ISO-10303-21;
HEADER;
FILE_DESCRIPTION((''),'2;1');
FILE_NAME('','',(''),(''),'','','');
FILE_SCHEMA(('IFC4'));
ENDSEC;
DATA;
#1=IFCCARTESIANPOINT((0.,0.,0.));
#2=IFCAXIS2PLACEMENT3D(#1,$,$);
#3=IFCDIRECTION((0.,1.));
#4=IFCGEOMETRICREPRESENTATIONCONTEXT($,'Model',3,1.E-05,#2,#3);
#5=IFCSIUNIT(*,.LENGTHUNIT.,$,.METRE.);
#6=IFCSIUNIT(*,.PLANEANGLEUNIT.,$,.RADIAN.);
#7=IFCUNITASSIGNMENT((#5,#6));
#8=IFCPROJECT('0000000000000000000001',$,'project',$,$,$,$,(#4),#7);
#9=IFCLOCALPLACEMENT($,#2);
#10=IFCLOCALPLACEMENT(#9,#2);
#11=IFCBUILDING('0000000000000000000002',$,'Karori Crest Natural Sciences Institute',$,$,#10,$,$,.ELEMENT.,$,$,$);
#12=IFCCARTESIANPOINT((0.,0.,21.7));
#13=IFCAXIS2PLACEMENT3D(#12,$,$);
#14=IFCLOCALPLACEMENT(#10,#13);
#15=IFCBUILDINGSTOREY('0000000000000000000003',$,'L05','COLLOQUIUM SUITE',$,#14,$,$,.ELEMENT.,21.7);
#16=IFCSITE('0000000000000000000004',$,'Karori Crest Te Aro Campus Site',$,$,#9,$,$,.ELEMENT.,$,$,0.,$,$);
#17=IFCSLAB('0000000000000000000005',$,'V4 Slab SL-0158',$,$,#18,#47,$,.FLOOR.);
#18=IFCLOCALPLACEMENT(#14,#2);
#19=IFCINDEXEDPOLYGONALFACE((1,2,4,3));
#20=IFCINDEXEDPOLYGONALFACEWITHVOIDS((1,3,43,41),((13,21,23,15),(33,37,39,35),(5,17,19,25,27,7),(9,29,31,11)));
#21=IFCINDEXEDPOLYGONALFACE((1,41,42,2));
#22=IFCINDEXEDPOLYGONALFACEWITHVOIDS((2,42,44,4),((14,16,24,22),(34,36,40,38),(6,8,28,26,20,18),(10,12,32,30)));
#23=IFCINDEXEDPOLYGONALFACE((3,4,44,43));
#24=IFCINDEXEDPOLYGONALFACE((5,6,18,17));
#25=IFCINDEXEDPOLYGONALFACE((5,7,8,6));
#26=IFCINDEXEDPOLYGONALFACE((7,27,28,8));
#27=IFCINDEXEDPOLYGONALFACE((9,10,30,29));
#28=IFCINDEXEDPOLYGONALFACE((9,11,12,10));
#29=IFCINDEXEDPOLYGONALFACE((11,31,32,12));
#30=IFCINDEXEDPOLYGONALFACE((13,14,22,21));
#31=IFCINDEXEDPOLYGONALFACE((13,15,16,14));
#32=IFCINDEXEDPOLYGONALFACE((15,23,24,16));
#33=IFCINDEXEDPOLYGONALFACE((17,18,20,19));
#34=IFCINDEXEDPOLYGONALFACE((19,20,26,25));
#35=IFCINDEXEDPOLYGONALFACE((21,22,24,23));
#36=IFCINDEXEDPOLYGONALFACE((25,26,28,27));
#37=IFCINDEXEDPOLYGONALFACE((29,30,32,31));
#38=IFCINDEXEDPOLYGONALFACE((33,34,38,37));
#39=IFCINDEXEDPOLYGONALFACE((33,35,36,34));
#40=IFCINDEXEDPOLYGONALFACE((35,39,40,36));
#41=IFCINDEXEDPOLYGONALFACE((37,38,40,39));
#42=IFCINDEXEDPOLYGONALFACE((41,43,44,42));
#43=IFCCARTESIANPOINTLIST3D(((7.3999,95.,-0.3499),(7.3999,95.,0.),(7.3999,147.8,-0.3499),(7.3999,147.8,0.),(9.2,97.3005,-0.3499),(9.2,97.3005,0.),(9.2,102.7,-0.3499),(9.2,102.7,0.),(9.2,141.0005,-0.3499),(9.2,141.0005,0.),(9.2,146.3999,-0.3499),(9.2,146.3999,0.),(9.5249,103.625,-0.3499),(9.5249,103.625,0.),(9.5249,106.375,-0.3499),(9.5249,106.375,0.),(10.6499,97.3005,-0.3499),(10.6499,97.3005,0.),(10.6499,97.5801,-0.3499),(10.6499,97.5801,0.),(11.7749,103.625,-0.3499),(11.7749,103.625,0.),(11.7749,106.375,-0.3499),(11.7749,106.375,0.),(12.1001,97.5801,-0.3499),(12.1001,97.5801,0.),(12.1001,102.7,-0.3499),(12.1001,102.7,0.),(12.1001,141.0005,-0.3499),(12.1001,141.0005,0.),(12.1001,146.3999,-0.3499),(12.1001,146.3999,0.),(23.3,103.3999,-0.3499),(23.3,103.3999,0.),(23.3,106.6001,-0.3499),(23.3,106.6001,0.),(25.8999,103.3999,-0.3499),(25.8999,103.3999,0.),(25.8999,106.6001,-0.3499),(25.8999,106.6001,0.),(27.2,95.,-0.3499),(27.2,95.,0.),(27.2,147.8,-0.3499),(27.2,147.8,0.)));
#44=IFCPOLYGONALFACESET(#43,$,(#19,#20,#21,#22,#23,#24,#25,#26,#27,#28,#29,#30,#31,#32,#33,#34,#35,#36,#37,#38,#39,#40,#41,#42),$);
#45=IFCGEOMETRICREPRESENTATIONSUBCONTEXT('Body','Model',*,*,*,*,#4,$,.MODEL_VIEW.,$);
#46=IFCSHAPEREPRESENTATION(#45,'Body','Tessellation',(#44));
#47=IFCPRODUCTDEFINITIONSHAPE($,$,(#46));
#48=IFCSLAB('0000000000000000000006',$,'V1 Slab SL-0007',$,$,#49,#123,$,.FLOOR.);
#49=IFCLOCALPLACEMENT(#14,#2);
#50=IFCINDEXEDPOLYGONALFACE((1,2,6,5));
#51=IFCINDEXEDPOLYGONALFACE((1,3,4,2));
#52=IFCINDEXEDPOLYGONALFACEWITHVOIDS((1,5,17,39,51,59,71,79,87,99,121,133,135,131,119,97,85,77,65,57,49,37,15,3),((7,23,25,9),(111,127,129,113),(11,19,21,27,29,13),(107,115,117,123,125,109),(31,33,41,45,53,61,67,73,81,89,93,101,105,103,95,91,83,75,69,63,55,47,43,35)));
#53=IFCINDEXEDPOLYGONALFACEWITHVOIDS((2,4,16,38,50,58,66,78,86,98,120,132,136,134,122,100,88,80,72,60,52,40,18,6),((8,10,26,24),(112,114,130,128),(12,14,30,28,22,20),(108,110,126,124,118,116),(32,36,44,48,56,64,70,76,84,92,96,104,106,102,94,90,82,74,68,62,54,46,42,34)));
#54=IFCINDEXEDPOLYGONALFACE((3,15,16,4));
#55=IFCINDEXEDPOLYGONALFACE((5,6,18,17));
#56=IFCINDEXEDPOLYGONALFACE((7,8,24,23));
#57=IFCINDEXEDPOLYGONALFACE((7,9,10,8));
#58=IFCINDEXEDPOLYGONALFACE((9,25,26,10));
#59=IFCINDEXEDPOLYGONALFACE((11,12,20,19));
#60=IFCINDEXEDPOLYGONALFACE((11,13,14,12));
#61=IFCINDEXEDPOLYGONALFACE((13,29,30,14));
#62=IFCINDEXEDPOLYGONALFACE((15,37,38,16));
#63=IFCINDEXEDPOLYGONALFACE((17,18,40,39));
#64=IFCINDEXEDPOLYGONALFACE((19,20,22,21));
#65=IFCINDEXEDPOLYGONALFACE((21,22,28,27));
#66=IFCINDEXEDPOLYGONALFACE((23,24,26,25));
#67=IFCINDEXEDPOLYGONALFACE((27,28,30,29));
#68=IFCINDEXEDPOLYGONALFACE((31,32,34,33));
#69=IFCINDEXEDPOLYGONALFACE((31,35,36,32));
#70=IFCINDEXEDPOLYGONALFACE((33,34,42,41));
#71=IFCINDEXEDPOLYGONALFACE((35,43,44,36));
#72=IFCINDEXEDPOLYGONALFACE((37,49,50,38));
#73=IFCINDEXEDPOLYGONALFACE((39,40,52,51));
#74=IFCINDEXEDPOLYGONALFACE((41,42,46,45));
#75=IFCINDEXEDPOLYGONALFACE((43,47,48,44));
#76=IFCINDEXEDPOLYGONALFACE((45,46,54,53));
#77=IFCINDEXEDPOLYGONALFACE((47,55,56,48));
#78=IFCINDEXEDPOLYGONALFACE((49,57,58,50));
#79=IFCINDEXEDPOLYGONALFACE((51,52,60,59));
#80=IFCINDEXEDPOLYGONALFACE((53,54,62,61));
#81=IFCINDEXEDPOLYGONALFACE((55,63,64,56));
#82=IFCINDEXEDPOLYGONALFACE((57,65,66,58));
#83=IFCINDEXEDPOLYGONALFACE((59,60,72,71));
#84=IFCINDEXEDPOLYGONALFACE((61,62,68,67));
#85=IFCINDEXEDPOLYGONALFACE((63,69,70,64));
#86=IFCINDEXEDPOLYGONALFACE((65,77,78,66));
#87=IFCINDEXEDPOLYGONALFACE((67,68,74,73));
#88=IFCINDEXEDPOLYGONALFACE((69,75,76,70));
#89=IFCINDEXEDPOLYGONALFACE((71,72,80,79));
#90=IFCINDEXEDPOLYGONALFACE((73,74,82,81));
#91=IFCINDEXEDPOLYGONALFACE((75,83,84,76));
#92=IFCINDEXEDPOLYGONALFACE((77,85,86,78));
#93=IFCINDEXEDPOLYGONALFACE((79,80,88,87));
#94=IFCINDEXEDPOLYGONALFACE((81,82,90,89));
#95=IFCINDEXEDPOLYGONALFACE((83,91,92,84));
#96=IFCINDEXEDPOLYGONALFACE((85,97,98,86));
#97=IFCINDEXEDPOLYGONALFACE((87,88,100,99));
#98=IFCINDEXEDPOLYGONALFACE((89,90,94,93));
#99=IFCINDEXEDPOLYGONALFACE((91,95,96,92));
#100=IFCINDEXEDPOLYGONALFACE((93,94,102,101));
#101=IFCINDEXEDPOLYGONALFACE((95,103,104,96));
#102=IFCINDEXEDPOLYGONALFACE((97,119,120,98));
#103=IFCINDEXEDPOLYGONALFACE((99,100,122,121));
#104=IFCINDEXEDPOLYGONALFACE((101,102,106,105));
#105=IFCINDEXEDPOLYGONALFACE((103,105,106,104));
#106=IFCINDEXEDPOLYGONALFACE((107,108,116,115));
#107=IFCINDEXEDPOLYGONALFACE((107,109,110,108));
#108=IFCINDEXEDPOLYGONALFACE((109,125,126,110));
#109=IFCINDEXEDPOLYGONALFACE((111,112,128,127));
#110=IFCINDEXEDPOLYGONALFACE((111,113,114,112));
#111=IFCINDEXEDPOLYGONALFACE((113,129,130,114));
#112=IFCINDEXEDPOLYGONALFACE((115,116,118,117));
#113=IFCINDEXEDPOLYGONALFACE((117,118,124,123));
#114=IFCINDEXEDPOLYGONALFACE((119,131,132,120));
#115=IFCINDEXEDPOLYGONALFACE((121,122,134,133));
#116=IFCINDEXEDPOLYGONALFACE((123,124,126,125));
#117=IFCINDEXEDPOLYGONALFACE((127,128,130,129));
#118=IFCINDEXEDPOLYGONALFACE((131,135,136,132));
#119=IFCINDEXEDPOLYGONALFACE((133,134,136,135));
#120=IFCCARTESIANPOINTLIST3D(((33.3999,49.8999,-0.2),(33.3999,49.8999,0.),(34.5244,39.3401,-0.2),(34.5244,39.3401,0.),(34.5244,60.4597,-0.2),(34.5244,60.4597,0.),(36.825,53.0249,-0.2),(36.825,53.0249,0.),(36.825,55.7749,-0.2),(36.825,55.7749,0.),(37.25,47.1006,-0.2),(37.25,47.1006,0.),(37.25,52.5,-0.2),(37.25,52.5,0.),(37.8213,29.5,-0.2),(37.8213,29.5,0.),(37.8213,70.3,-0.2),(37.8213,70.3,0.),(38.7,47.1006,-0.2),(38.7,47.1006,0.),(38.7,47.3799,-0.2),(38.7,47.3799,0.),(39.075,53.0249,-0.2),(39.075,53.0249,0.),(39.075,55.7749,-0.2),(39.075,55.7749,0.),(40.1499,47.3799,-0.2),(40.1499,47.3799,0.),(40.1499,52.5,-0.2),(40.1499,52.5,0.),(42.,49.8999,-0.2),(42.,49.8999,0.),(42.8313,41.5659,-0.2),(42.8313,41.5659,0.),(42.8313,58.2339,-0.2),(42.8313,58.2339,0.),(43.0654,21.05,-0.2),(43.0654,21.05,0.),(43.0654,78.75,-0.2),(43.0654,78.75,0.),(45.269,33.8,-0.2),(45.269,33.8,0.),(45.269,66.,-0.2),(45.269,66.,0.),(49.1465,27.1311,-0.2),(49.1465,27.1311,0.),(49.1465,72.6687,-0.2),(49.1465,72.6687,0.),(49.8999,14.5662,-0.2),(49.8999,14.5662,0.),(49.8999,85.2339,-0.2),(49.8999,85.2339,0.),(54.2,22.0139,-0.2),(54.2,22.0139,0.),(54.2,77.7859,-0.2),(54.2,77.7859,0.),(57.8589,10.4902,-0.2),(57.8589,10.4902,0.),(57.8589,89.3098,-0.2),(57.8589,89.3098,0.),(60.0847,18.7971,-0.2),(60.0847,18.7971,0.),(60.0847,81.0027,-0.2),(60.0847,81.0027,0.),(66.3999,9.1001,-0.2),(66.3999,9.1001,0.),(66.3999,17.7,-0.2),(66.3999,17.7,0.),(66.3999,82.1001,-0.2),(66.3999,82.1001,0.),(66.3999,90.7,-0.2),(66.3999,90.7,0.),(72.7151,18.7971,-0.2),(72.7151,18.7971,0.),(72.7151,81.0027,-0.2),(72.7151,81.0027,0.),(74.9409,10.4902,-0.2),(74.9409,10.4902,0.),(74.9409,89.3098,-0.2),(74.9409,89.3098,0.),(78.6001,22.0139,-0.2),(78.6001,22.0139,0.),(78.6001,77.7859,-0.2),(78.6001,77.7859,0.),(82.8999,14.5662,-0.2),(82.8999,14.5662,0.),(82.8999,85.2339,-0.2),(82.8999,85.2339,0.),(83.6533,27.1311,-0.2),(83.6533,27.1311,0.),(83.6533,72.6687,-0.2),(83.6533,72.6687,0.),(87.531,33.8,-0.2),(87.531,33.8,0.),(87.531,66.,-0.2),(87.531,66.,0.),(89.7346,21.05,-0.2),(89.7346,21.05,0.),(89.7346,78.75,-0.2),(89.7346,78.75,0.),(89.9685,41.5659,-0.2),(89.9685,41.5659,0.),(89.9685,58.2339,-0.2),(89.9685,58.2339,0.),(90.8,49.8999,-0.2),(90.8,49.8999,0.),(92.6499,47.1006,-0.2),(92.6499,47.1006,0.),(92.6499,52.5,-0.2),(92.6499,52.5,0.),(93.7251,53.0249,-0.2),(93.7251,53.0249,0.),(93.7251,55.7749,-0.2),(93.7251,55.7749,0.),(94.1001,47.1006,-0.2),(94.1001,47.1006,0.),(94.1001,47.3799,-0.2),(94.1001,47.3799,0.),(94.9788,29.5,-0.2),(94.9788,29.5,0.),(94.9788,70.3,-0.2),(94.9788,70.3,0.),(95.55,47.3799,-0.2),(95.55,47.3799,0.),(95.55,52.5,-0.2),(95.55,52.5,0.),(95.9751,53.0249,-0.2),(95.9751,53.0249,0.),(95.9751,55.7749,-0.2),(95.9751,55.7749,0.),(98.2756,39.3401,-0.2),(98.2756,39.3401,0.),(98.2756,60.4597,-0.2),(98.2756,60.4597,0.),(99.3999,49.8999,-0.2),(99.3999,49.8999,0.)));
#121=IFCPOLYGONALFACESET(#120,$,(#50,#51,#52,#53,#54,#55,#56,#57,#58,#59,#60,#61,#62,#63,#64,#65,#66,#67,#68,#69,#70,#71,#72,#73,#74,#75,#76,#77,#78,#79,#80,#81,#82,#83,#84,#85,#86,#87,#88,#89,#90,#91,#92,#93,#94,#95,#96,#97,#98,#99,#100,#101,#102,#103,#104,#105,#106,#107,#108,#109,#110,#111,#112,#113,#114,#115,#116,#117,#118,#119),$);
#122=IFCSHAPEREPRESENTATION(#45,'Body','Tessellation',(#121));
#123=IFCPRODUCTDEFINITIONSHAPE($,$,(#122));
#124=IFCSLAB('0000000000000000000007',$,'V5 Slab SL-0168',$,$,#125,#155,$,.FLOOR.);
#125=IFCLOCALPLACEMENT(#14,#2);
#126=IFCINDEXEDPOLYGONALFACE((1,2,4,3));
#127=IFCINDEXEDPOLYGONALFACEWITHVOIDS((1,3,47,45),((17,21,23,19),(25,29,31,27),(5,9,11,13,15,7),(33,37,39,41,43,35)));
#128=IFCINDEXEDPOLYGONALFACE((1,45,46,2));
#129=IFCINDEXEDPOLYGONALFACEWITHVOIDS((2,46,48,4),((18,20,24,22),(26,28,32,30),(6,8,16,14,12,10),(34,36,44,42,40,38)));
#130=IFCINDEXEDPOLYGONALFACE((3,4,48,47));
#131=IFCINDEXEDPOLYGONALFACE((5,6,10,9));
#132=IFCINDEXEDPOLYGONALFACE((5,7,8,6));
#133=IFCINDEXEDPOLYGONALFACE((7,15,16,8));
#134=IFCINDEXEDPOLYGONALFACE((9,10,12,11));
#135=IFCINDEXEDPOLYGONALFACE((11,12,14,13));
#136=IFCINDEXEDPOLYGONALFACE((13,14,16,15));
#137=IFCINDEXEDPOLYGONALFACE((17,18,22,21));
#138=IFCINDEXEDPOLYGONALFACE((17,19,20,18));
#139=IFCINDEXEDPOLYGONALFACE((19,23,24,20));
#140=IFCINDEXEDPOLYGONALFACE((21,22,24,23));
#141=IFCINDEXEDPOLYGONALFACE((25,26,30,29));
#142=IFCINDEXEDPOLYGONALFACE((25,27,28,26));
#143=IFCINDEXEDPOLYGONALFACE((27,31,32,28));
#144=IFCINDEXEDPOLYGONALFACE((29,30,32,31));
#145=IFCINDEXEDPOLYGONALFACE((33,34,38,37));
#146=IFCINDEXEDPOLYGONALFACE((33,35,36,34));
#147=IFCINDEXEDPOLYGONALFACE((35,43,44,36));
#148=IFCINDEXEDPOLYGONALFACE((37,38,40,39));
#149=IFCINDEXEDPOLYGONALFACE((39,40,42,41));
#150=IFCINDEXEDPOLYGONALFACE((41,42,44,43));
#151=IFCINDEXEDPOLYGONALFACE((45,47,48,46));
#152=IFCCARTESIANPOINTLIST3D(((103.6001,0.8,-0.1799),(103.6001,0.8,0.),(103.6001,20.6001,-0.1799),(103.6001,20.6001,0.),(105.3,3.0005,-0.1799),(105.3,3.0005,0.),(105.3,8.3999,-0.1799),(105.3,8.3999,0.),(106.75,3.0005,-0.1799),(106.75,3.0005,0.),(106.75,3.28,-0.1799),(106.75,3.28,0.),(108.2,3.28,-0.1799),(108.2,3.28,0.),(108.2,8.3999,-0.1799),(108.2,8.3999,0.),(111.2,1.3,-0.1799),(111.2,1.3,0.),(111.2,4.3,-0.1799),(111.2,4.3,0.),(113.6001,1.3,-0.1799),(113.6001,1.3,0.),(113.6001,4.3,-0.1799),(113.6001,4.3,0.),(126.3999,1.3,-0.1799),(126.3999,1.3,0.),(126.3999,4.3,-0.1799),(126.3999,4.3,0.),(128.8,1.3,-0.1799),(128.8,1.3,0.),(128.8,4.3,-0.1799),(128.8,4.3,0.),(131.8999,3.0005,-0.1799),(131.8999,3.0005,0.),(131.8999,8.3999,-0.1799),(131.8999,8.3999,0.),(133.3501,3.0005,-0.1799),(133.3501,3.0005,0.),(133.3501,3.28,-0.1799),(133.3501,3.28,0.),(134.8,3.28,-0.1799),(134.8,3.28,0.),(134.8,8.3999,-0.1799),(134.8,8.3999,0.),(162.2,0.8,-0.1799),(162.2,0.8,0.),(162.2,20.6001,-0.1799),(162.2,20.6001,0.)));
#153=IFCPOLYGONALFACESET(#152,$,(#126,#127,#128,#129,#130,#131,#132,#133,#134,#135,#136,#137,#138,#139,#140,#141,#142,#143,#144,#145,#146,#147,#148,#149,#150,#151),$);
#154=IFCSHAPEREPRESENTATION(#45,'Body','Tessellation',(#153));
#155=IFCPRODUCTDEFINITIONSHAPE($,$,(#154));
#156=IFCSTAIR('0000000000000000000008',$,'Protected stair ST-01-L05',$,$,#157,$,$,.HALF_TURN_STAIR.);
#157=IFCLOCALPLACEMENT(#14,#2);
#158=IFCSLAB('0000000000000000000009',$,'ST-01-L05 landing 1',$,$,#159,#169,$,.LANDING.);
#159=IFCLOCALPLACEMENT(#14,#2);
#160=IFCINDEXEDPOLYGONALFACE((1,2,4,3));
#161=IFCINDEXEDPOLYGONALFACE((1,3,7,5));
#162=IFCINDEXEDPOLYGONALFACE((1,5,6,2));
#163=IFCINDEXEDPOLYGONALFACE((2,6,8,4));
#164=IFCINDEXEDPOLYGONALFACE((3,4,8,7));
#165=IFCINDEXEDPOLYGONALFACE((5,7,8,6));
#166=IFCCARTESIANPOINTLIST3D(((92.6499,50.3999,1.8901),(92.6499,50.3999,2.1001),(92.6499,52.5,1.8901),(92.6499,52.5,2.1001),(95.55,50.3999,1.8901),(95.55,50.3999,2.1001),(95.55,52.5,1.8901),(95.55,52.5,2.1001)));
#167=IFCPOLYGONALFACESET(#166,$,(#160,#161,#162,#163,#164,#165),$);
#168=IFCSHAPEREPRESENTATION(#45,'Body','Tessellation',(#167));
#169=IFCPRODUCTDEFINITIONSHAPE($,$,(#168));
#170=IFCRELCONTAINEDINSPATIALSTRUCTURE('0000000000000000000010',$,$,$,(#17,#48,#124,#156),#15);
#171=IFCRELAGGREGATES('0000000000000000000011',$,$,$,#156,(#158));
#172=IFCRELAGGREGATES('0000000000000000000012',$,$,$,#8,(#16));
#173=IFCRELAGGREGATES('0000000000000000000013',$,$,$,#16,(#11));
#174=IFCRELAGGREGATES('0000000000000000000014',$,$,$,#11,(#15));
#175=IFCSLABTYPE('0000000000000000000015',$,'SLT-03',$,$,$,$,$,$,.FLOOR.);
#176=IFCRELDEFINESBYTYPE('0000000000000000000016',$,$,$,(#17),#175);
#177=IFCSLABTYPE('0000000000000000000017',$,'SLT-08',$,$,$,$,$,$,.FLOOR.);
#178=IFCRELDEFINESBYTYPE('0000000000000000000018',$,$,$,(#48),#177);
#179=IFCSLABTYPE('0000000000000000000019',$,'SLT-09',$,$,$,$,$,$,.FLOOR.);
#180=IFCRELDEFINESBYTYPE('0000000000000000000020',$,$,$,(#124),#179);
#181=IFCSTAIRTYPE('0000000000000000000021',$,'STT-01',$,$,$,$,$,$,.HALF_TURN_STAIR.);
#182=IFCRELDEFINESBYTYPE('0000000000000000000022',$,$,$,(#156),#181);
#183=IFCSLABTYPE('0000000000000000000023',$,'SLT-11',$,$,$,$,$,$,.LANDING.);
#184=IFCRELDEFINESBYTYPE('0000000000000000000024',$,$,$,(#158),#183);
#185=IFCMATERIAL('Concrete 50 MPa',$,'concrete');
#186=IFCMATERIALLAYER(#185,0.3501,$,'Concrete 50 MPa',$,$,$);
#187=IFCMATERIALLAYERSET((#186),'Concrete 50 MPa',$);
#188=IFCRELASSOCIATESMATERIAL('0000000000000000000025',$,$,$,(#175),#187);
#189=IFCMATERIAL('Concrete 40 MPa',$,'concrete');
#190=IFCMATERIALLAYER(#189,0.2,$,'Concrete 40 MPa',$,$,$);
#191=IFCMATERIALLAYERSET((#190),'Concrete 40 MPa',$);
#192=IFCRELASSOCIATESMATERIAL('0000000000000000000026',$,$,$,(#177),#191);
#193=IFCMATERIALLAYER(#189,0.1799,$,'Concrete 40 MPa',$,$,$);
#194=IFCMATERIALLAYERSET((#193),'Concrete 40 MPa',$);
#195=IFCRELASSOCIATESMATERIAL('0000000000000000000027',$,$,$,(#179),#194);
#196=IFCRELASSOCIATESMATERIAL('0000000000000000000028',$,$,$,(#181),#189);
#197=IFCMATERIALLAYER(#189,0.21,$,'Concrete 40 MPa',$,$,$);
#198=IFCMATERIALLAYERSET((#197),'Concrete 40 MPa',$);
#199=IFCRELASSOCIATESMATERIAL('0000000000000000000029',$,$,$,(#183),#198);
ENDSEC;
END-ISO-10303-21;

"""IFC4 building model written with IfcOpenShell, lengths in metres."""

from ifc_helpers import new_model, si_unit, direction, frame, origin, place, context, subcontext, project, spatial, polyline, outline, extrude, material, layer, layer_set, type_object, element, aggregate, save


model = new_model("IFC4")

# Units and contexts
model_context = context("Model", 3, precision=1e-05, world=origin(), true_north=direction((0.0, 1.0)))
body_context = subcontext(model_context, "Body", "Model", "MODEL_VIEW")
ifc_project = project(units=[si_unit("LENGTHUNIT", "METRE"), si_unit("PLANEANGLEUNIT", "RADIAN")], contexts=[model_context])

# Site, building, storey
site_placement = place(None, origin())
site = spatial("IfcSite", under=ifc_project, at=site_placement, Name="Karori Crest Te Aro Campus Site", CompositionType="ELEMENT", RefElevation=0.0)
building_placement = place(site_placement, origin())
building = spatial("IfcBuilding", under=site, at=building_placement, Name="Karori Crest Natural Sciences Institute", CompositionType="ELEMENT")
storey_placement = place(building_placement, frame((0.0, 0.0, 21.7)))
storey = spatial("IfcBuildingStorey", under=building, at=storey_placement, Name="L05", Description="COLLOQUIUM SUITE", CompositionType="ELEMENT", Elevation=21.7)

# Slabs
ifc_material_1 = material(Name="Concrete 50 MPa", Category="concrete")
ifc_layer_1 = layer(ifc_material_1, 0.3501, Name="Concrete 50 MPa")
ifc_layer_set_1 = layer_set([ifc_layer_1], Name="Concrete 50 MPa")
slab_type_1 = type_object("IfcSlabType", Name="SLT-03", PredefinedType="FLOOR", material=ifc_layer_set_1)
slab_1_placement = place(storey_placement, frame((0.0, 0.0, -0.3499)))
element("IfcSlab", 1, at=slab_1_placement, inside=storey, type_object=slab_type_1, Name="V4 Slab SL-0158", PredefinedType="FLOOR", context=body_context, shape_type="SweptSolid", body=[
    extrude(outline(polyline([(7.3999, 95.0), (27.2, 95.0), (27.2, 147.8), (7.3999, 147.8), (7.3999, 95.0)]), holes=[polyline([(12.1001, 97.5801), (10.6499, 97.5801), (10.6499, 97.3005), (9.2, 97.3005), (9.2, 102.7), (12.1001, 102.7), (12.1001, 97.5801)]), polyline([(12.1001, 141.0005), (9.2, 141.0005), (9.2, 146.3999), (12.1001, 146.3999), (12.1001, 141.0005)]), polyline([(9.5249, 106.375), (11.7749, 106.375), (11.7749, 103.625), (9.5249, 103.625), (9.5249, 106.375)]), polyline([(23.3, 106.6001), (25.8999, 106.6001), (25.8999, 103.3999), (23.3, 103.3999), (23.3, 106.6001)])]), origin(), (0.0, 0.0, 1.0), 0.3499),
])
ifc_material_2 = material(Name="Concrete 40 MPa", Category="concrete")
ifc_layer_2 = layer(ifc_material_2, 0.2, Name="Concrete 40 MPa")
ifc_layer_set_2 = layer_set([ifc_layer_2], Name="Concrete 40 MPa")
slab_type_2 = type_object("IfcSlabType", Name="SLT-08", PredefinedType="FLOOR", material=ifc_layer_set_2)
slab_2_placement = place(storey_placement, frame((0.0, 0.0, -0.2)))
element("IfcSlab", 2, at=slab_2_placement, inside=storey, type_object=slab_type_2, Name="V1 Slab SL-0007", PredefinedType="FLOOR", context=body_context, shape_type="SweptSolid", body=[
    extrude(outline(polyline([(99.3999, 49.8999), (98.2756, 60.4597), (94.9788, 70.3), (89.7346, 78.75), (82.8999, 85.2339), (74.9409, 89.3098), (66.3999, 90.7), (57.8589, 89.3098), (49.8999, 85.2339), (43.0654, 78.75), (37.8213, 70.3), (34.5244, 60.4597), (33.3999, 49.8999), (34.5244, 39.3401), (37.8213, 29.5), (43.0654, 21.05), (49.8999, 14.5662), (57.8589, 10.4902), (66.3999, 9.1001), (74.9409, 10.4902), (82.8999, 14.5662), (89.7346, 21.05), (94.9788, 29.5), (98.2756, 39.3401), (99.3999, 49.8999)]), holes=[polyline([(89.9685, 41.5659), (87.531, 33.8), (83.6533, 27.1311), (78.6001, 22.0139), (72.7151, 18.7971), (66.3999, 17.7), (60.0847, 18.7971), (54.2, 22.0139), (49.1465, 27.1311), (45.269, 33.8), (42.8313, 41.5659), (42.0, 49.8999), (42.8313, 58.2339), (45.269, 66.0), (49.1465, 72.6687), (54.2, 77.7859), (60.0847, 81.0027), (66.3999, 82.1001), (72.7151, 81.0027), (78.6001, 77.7859), (83.6533, 72.6687), (87.531, 66.0), (89.9685, 58.2339), (90.8, 49.8999), (89.9685, 41.5659)]), polyline([(95.55, 47.3799), (94.1001, 47.3799), (94.1001, 47.1006), (92.6499, 47.1006), (92.6499, 52.5), (95.55, 52.5), (95.55, 47.3799)]), polyline([(40.1499, 47.3799), (38.7, 47.3799), (38.7, 47.1006), (37.25, 47.1006), (37.25, 52.5), (40.1499, 52.5), (40.1499, 47.3799)]), polyline([(93.7251, 55.7749), (95.9751, 55.7749), (95.9751, 53.0249), (93.7251, 53.0249), (93.7251, 55.7749)]), polyline([(36.825, 55.7749), (39.075, 55.7749), (39.075, 53.0249), (36.825, 53.0249), (36.825, 55.7749)])]), origin(), (0.0, 0.0, 1.0), 0.2),
])
ifc_layer_3 = layer(ifc_material_2, 0.1799, Name="Concrete 40 MPa")
ifc_layer_set_3 = layer_set([ifc_layer_3], Name="Concrete 40 MPa")
slab_type_3 = type_object("IfcSlabType", Name="SLT-09", PredefinedType="FLOOR", material=ifc_layer_set_3)
slab_3_placement = place(storey_placement, frame((0.0, 0.0, -0.1799)))
element("IfcSlab", 3, at=slab_3_placement, inside=storey, type_object=slab_type_3, Name="V5 Slab SL-0168", PredefinedType="FLOOR", context=body_context, shape_type="SweptSolid", body=[
    extrude(outline(polyline([(103.6001, 0.8), (162.2, 0.8), (162.2, 20.6001), (103.6001, 20.6001), (103.6001, 0.8)]), holes=[polyline([(108.2, 3.28), (106.75, 3.28), (106.75, 3.0005), (105.3, 3.0005), (105.3, 8.3999), (108.2, 8.3999), (108.2, 3.28)]), polyline([(134.8, 3.28), (133.3501, 3.28), (133.3501, 3.0005), (131.8999, 3.0005), (131.8999, 8.3999), (134.8, 8.3999), (134.8, 3.28)]), polyline([(111.2, 4.3), (113.6001, 4.3), (113.6001, 1.3), (111.2, 1.3), (111.2, 4.3)]), polyline([(126.3999, 4.3), (128.8, 4.3), (128.8, 1.3), (126.3999, 1.3), (126.3999, 4.3)])]), origin(), (0.0, 0.0, 1.0), 0.1799),
])

# Stair, slab
stair_type = type_object("IfcStairType", Name="STT-01", PredefinedType="HALF_TURN_STAIR", material=ifc_material_2)
stair_1_placement = place(storey_placement, origin())
stair_1 = element("IfcStair", 4, at=stair_1_placement, inside=storey, type_object=stair_type, Name="Protected stair ST-01-L05", PredefinedType="HALF_TURN_STAIR")
ifc_layer_4 = layer(ifc_material_2, 0.21, Name="Concrete 40 MPa")
ifc_layer_set_4 = layer_set([ifc_layer_4], Name="Concrete 40 MPa")
slab_type_4 = type_object("IfcSlabType", Name="SLT-11", PredefinedType="LANDING", material=ifc_layer_set_4)
slab_4_placement = place(storey_placement, frame((0.0, 0.0, 1.8901)))
slab_4 = element("IfcSlab", 5, at=slab_4_placement, type_object=slab_type_4, Name="ST-01-L05 landing 1", PredefinedType="LANDING", context=body_context, shape_type="SweptSolid", body=[
    extrude(outline(polyline([(95.55, 50.3999), (95.55, 52.5), (92.6499, 52.5), (92.6499, 50.3999), (95.55, 50.3999)])), origin(), (0.0, 0.0, 1.0), 0.21),
])
aggregate(stair_1, [slab_4])

save(model, "model.ifc")
